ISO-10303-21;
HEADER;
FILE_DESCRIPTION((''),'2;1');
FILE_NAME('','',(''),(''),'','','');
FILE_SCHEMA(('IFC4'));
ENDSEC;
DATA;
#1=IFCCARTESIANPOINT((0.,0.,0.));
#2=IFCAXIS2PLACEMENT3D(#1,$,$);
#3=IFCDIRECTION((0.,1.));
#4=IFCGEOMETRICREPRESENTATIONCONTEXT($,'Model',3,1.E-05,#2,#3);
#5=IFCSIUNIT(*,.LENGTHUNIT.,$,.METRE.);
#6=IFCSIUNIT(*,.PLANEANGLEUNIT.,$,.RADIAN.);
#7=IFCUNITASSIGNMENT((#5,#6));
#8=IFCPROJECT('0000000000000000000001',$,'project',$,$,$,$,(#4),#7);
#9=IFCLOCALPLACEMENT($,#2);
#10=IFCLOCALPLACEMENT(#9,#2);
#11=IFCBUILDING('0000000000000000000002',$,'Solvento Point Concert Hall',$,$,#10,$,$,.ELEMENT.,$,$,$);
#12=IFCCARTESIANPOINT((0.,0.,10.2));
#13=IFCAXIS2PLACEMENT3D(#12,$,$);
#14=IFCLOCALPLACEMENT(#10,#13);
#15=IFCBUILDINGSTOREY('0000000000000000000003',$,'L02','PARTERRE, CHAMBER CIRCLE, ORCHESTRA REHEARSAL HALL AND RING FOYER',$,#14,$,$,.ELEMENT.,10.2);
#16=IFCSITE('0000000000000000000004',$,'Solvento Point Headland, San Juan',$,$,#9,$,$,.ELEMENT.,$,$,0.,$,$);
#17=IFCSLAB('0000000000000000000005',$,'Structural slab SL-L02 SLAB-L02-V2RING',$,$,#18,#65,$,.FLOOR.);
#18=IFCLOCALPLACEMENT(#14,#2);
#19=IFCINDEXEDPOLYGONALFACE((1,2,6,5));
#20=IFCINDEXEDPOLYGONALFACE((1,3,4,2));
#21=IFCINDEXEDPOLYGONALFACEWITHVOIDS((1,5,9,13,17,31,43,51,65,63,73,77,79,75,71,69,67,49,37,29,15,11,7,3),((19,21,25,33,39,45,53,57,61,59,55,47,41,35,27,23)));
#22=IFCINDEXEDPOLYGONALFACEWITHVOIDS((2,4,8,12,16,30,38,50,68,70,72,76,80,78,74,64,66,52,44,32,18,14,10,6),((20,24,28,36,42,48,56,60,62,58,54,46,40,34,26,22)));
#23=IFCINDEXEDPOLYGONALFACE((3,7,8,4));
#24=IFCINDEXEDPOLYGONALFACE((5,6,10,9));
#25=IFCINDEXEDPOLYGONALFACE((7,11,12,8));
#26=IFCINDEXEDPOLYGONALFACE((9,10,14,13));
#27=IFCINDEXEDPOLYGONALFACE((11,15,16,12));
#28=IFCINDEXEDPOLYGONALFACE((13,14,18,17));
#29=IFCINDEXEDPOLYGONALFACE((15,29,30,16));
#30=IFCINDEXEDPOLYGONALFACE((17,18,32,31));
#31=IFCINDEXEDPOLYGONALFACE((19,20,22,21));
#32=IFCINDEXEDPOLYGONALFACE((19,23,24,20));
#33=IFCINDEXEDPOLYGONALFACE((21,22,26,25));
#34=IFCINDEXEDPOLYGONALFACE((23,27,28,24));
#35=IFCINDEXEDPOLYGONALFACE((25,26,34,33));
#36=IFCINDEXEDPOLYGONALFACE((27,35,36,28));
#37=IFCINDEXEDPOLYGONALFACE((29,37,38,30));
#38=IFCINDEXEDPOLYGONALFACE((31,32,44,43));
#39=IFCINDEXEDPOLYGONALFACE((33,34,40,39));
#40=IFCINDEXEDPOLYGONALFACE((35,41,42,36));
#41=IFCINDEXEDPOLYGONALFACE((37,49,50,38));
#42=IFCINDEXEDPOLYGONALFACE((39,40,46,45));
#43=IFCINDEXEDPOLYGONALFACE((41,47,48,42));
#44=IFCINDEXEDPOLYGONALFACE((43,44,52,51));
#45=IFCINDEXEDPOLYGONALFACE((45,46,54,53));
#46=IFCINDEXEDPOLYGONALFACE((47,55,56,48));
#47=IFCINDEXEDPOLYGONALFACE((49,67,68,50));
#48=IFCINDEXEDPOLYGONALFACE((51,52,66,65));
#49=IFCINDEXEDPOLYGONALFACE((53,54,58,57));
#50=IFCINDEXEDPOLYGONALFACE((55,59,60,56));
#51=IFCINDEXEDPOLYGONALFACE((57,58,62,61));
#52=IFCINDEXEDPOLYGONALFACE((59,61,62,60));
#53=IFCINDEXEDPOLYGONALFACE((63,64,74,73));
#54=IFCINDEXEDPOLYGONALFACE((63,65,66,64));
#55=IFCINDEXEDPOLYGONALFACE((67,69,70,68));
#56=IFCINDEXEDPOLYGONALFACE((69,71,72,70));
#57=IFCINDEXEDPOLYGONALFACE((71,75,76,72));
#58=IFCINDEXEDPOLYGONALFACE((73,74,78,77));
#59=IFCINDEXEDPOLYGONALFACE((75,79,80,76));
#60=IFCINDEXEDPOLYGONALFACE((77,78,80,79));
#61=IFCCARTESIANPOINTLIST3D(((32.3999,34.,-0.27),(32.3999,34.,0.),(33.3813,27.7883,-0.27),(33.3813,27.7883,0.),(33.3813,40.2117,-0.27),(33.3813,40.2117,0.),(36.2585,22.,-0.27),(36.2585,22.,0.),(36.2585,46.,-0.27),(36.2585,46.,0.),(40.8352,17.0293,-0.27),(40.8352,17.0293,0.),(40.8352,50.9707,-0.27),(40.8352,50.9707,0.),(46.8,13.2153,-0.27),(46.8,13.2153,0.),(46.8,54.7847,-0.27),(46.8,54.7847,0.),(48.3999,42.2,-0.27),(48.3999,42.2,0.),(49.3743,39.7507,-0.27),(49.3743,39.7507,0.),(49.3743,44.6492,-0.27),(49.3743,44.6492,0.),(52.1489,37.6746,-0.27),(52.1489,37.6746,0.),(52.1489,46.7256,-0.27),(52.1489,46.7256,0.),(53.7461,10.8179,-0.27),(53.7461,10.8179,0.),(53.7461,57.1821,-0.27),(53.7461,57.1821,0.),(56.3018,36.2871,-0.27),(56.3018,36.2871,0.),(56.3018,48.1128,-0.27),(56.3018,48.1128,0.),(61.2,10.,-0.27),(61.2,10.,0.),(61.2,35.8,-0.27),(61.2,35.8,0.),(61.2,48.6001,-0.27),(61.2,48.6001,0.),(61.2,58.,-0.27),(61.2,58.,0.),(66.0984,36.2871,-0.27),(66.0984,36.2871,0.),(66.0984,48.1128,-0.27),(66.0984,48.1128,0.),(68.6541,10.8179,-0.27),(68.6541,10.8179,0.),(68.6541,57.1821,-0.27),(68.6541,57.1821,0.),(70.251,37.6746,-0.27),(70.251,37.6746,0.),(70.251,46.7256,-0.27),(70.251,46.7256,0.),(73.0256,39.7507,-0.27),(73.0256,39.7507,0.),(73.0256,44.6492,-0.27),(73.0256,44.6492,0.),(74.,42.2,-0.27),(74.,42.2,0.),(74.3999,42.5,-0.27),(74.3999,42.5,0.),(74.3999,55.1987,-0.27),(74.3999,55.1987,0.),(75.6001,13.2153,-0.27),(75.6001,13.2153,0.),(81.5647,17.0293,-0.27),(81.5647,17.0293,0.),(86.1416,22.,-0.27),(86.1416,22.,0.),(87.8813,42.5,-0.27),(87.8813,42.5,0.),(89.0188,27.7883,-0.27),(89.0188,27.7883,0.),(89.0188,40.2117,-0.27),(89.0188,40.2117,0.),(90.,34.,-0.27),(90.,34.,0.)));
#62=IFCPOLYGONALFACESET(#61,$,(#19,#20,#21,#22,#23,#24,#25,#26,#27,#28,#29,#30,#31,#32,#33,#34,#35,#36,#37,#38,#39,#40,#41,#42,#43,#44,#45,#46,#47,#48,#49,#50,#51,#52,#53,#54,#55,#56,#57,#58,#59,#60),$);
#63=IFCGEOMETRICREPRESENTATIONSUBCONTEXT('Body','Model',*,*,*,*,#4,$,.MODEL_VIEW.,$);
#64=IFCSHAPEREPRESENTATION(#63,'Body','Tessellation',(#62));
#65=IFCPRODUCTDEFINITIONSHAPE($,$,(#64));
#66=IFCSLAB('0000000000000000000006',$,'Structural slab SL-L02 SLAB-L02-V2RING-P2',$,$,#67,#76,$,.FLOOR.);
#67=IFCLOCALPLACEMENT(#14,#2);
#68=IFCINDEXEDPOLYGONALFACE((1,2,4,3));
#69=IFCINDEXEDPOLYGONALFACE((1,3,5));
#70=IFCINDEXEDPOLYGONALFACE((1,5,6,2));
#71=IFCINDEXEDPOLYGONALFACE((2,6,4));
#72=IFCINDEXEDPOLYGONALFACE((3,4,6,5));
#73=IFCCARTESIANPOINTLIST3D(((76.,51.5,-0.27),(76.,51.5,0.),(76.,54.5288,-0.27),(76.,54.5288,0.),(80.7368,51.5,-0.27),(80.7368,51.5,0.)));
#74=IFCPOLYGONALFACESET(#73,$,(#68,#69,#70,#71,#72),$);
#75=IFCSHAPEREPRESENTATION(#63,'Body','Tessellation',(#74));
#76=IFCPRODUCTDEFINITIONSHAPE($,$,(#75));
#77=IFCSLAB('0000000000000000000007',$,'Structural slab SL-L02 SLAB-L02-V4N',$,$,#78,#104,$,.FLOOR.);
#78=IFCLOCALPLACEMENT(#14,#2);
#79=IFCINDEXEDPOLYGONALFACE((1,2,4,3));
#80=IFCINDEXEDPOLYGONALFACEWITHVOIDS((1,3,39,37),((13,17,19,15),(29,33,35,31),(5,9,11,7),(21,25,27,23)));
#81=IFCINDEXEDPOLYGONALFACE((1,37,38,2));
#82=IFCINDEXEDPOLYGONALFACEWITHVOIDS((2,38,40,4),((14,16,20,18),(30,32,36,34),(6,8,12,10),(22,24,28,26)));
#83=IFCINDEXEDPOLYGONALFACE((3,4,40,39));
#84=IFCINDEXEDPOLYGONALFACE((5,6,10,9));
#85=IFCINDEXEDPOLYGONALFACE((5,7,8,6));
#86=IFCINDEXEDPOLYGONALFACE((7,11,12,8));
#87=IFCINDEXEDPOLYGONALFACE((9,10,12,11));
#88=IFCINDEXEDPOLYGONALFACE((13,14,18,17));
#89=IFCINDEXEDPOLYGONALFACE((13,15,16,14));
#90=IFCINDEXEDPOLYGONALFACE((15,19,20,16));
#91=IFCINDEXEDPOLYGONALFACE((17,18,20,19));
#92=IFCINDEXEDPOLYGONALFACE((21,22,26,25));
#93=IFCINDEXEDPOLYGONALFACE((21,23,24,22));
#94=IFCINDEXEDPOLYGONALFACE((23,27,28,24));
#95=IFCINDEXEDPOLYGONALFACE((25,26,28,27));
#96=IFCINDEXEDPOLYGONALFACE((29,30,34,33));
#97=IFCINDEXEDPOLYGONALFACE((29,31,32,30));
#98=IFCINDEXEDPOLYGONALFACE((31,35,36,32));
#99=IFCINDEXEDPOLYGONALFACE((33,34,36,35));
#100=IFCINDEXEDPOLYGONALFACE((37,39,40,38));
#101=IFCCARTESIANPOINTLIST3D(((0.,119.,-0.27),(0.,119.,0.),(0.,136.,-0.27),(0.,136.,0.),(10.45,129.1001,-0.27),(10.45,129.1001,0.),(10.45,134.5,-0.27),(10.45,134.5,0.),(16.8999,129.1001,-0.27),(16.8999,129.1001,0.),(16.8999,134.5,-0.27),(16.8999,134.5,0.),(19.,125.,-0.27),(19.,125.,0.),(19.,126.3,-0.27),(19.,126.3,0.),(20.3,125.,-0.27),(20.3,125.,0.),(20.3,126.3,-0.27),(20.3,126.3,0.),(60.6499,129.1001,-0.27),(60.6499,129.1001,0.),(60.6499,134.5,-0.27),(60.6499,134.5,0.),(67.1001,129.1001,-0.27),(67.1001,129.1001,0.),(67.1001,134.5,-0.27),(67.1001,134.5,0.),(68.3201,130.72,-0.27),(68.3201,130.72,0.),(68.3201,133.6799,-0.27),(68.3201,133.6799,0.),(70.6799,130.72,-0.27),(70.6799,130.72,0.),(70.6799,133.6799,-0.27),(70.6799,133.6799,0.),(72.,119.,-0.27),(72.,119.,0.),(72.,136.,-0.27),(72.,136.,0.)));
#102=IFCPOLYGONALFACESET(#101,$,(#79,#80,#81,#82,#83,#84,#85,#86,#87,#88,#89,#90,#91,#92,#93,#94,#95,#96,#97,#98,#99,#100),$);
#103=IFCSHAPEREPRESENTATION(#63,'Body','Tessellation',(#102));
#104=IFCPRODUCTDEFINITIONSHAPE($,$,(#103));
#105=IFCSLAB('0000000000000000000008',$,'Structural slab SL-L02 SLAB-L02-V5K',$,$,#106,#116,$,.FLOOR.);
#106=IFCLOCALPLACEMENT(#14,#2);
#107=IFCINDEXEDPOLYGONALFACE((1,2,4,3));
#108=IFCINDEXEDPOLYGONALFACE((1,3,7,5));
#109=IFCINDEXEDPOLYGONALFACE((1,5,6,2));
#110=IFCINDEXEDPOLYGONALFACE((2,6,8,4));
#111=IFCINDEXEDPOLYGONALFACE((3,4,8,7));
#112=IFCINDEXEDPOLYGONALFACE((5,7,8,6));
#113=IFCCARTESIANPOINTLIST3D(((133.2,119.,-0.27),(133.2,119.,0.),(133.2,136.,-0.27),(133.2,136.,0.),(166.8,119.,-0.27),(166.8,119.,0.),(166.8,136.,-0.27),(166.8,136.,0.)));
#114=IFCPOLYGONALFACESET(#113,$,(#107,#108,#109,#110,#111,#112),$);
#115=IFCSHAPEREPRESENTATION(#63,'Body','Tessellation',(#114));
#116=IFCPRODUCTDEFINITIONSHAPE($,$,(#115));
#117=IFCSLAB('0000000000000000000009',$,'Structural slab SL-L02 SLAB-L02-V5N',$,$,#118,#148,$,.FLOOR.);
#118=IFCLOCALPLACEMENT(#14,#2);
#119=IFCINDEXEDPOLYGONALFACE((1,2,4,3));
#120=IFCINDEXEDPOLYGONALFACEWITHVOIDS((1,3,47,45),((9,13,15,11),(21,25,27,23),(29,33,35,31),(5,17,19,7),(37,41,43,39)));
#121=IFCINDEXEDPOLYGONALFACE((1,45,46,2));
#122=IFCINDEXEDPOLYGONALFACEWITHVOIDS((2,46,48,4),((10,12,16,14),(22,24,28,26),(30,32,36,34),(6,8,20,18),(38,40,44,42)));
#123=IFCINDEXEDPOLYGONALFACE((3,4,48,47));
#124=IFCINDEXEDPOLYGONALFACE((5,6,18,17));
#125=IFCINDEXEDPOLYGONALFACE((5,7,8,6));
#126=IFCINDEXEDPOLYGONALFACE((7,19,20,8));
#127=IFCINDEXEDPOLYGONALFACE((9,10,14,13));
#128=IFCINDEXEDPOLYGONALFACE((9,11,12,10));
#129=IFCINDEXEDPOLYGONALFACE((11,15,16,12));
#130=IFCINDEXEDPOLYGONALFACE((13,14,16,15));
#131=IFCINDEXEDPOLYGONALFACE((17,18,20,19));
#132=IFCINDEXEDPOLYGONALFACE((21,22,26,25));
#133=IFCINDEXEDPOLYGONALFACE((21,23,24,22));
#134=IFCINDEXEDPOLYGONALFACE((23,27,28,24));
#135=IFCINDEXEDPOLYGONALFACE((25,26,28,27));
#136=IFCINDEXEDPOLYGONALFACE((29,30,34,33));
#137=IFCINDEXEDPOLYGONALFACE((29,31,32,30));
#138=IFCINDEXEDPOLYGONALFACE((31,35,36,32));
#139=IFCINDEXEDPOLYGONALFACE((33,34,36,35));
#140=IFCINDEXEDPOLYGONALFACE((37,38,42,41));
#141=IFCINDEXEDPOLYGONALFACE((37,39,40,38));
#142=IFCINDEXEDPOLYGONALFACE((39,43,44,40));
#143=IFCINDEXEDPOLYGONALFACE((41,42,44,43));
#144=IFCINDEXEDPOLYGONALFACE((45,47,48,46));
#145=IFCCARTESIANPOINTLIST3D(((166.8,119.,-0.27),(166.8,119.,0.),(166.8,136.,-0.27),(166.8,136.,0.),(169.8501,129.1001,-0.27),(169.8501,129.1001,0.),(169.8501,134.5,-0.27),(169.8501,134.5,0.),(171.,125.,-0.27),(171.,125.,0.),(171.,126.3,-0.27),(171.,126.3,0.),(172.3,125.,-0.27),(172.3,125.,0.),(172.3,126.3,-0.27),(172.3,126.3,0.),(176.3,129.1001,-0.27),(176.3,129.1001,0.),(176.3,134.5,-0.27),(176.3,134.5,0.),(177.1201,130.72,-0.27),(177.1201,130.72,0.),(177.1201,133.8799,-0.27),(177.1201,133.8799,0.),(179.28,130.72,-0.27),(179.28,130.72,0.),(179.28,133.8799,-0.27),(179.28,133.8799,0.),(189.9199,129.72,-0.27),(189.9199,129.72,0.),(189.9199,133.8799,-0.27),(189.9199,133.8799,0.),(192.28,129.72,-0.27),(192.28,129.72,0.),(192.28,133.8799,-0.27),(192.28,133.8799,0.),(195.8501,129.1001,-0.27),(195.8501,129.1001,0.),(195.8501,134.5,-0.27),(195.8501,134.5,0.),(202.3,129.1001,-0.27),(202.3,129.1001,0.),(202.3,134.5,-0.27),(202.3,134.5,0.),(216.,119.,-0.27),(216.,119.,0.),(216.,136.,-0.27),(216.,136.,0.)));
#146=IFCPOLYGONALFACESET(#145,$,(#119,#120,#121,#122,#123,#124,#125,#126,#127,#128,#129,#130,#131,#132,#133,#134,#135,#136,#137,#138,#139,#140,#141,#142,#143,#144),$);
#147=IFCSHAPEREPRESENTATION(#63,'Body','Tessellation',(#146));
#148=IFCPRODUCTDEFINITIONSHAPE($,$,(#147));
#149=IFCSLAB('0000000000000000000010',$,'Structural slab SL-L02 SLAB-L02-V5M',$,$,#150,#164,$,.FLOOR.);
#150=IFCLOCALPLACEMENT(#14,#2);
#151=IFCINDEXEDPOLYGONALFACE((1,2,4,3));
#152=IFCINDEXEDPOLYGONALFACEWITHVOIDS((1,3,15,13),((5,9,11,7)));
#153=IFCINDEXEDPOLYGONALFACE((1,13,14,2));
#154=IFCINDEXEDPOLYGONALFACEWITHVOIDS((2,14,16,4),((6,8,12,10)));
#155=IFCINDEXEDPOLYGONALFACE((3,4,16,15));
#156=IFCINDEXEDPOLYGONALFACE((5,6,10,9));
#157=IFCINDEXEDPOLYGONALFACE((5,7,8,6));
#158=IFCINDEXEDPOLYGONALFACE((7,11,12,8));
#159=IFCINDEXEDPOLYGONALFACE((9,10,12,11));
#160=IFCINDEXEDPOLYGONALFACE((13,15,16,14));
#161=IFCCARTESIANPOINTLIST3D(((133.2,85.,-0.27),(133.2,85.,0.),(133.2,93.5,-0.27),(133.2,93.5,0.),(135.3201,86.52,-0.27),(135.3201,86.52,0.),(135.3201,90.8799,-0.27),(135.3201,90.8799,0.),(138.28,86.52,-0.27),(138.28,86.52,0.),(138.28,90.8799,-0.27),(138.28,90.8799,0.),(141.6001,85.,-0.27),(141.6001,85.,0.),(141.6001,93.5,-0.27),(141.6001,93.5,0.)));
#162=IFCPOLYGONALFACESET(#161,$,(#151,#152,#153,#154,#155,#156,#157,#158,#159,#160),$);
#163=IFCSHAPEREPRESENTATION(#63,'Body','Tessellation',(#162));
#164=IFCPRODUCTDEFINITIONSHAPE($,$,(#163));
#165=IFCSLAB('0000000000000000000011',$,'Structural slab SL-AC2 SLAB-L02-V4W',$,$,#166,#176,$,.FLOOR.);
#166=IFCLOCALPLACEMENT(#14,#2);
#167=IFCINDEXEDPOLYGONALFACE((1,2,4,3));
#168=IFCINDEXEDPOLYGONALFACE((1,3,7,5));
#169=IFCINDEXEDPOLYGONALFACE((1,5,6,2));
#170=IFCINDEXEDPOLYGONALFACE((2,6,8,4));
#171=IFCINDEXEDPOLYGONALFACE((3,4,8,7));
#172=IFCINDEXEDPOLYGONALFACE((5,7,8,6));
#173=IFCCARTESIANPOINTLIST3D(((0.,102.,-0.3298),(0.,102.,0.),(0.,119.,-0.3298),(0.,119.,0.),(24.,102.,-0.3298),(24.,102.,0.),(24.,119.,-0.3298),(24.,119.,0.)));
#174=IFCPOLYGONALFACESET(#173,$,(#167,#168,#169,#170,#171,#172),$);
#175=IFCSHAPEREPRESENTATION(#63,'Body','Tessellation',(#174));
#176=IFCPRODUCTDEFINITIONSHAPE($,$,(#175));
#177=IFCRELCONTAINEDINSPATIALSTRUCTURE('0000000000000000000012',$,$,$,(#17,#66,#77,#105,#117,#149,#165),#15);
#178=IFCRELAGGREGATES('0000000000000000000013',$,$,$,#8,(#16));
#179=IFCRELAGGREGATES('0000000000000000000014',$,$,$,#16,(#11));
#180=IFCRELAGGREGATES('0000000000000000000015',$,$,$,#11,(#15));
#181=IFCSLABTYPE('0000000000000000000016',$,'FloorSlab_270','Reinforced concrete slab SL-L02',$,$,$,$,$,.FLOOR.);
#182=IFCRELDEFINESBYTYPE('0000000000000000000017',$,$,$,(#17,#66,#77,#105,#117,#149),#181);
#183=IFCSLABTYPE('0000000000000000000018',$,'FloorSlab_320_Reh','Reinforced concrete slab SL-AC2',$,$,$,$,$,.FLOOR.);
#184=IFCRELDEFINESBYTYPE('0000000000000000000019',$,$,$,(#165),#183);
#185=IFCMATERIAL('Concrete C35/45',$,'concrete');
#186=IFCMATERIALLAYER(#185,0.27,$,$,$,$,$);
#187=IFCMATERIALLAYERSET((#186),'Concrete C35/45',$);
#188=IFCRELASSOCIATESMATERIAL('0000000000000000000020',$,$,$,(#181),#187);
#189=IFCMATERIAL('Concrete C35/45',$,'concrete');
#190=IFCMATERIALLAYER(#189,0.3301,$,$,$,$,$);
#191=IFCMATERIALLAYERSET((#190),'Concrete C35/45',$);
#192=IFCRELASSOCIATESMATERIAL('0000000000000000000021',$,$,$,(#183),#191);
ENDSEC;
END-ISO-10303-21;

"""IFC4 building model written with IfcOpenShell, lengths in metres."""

from ifc_helpers import new_model, si_unit, direction, frame, origin, place, context, subcontext, project, spatial, polyline, outline, extrude, material, layer, layer_set, type_object, element, save


model = new_model("IFC4")

# Units and contexts
model_context = context("Model", 3, precision=1e-05, world=origin(), true_north=direction((0.0, 1.0)))
body_context = subcontext(model_context, "Body", "Model", "MODEL_VIEW")
ifc_project = project(units=[si_unit("LENGTHUNIT", "METRE"), si_unit("PLANEANGLEUNIT", "RADIAN")], contexts=[model_context])

# Site, building, storey
site_placement = place(None, origin())
site = spatial("IfcSite", under=ifc_project, at=site_placement, Name="Solvento Point Headland, San Juan", CompositionType="ELEMENT", RefElevation=0.0)
building_placement = place(site_placement, origin())
building = spatial("IfcBuilding", under=site, at=building_placement, Name="Solvento Point Concert Hall", CompositionType="ELEMENT")
storey_placement = place(building_placement, frame((0.0, 0.0, 10.2)))
storey = spatial("IfcBuildingStorey", under=building, at=storey_placement, Name="L02", Description="PARTERRE, CHAMBER CIRCLE, ORCHESTRA REHEARSAL HALL AND RING FOYER", CompositionType="ELEMENT", Elevation=10.2)

# Slabs
ifc_material_1 = material(Name="Concrete C35/45", Category="concrete")
ifc_layer_1 = layer(ifc_material_1, 0.27)
ifc_layer_set_1 = layer_set([ifc_layer_1], Name="Concrete C35/45")
slab_type_1 = type_object("IfcSlabType", Name="FloorSlab_270", Description="Reinforced concrete slab SL-L02", PredefinedType="FLOOR", material=ifc_layer_set_1)
slab_1_placement = place(storey_placement, frame((0.0, 0.0, -0.27)))
element("IfcSlab", 1, at=slab_1_placement, inside=storey, type_object=slab_type_1, Name="Structural slab SL-L02 SLAB-L02-V2RING", PredefinedType="FLOOR", context=body_context, shape_type="SweptSolid", body=[
    extrude(outline(polyline([(81.5647, 17.0293), (75.6001, 13.2153), (68.6541, 10.8179), (61.2, 10.0), (53.7461, 10.8179), (46.8, 13.2153), (40.8352, 17.0293), (36.2585, 22.0), (33.3813, 27.7883), (32.3999, 34.0), (33.3813, 40.2117), (36.2585, 46.0), (40.8352, 50.9707), (46.8, 54.7847), (53.7461, 57.1821), (61.2, 58.0), (68.6541, 57.1821), (74.3999, 55.1987), (74.3999, 42.5), (87.8813, 42.5), (89.0188, 40.2117), (90.0, 34.0), (89.0188, 27.7883), (86.1416, 22.0), (81.5647, 17.0293)]), holes=[polyline([(66.0984, 48.1128), (61.2, 48.6001), (56.3018, 48.1128), (52.1489, 46.7256), (49.3743, 44.6492), (48.3999, 42.2), (49.3743, 39.7507), (52.1489, 37.6746), (56.3018, 36.2871), (61.2, 35.8), (66.0984, 36.2871), (70.251, 37.6746), (73.0256, 39.7507), (74.0, 42.2), (73.0256, 44.6492), (70.251, 46.7256), (66.0984, 48.1128)])]), origin(), (0.0, 0.0, 1.0), 0.27),
])
slab_2_placement = place(storey_placement, frame((0.0, 0.0, -0.27)))
element("IfcSlab", 2, at=slab_2_placement, inside=storey, type_object=slab_type_1, Name="Structural slab SL-L02 SLAB-L02-V2RING-P2", PredefinedType="FLOOR", context=body_context, shape_type="SweptSolid", body=[
    extrude(outline(polyline([(76.0, 51.5), (76.0, 54.5288), (80.7368, 51.5), (76.0, 51.5)])), origin(), (0.0, 0.0, 1.0), 0.27),
])
slab_3_placement = place(storey_placement, frame((0.0, 0.0, -0.27)))
element("IfcSlab", 3, at=slab_3_placement, inside=storey, type_object=slab_type_1, Name="Structural slab SL-L02 SLAB-L02-V4N", PredefinedType="FLOOR", context=body_context, shape_type="SweptSolid", body=[
    extrude(outline(polyline([(0.0, 119.0), (0.0, 136.0), (72.0, 136.0), (72.0, 119.0), (0.0, 119.0)]), holes=[polyline([(70.6799, 133.6799), (68.3201, 133.6799), (68.3201, 130.72), (70.6799, 130.72), (70.6799, 133.6799)]), polyline([(67.1001, 129.1001), (67.1001, 134.5), (60.6499, 134.5), (60.6499, 129.1001), (67.1001, 129.1001)]), polyline([(20.3, 126.3), (19.0, 126.3), (19.0, 125.0), (20.3, 125.0), (20.3, 126.3)]), polyline([(16.8999, 129.1001), (16.8999, 134.5), (10.45, 134.5), (10.45, 129.1001), (16.8999, 129.1001)])]), origin(), (0.0, 0.0, 1.0), 0.27),
])
slab_4_placement = place(storey_placement, frame((0.0, 0.0, -0.27)))
element("IfcSlab", 4, at=slab_4_placement, inside=storey, type_object=slab_type_1, Name="Structural slab SL-L02 SLAB-L02-V5K", PredefinedType="FLOOR", context=body_context, shape_type="SweptSolid", body=[
    extrude(outline(polyline([(133.2, 136.0), (166.8, 136.0), (166.8, 119.0), (133.2, 119.0), (133.2, 136.0)])), origin(), (0.0, 0.0, 1.0), 0.27),
])
slab_5_placement = place(storey_placement, frame((0.0, 0.0, -0.27)))
element("IfcSlab", 5, at=slab_5_placement, inside=storey, type_object=slab_type_1, Name="Structural slab SL-L02 SLAB-L02-V5N", PredefinedType="FLOOR", context=body_context, shape_type="SweptSolid", body=[
    extrude(outline(polyline([(166.8, 136.0), (216.0, 136.0), (216.0, 119.0), (166.8, 119.0), (166.8, 136.0)]), holes=[polyline([(202.3, 129.1001), (202.3, 134.5), (195.8501, 134.5), (195.8501, 129.1001), (202.3, 129.1001)]), polyline([(192.28, 133.8799), (189.9199, 133.8799), (189.9199, 129.72), (192.28, 129.72), (192.28, 133.8799)]), polyline([(179.28, 130.72), (179.28, 133.8799), (177.1201, 133.8799), (177.1201, 130.72), (179.28, 130.72)]), polyline([(176.3, 129.1001), (176.3, 134.5), (169.8501, 134.5), (169.8501, 129.1001), (176.3, 129.1001)]), polyline([(172.3, 125.0), (172.3, 126.3), (171.0, 126.3), (171.0, 125.0), (172.3, 125.0)])]), origin(), (0.0, 0.0, 1.0), 0.27),
])
slab_6_placement = place(storey_placement, frame((0.0, 0.0, -0.27)))
element("IfcSlab", 6, at=slab_6_placement, inside=storey, type_object=slab_type_1, Name="Structural slab SL-L02 SLAB-L02-V5M", PredefinedType="FLOOR", context=body_context, shape_type="SweptSolid", body=[
    extrude(outline(polyline([(133.2, 93.5), (141.6001, 93.5), (141.6001, 85.0), (133.2, 85.0), (133.2, 93.5)]), holes=[polyline([(138.28, 90.8799), (135.3201, 90.8799), (135.3201, 86.52), (138.28, 86.52), (138.28, 90.8799)])]), origin(), (0.0, 0.0, 1.0), 0.27),
])
ifc_material_2 = material(Name="Concrete C35/45", Category="concrete")
ifc_layer_2 = layer(ifc_material_2, 0.3301)
ifc_layer_set_2 = layer_set([ifc_layer_2], Name="Concrete C35/45")
slab_type_2 = type_object("IfcSlabType", Name="FloorSlab_320_Reh", Description="Reinforced concrete slab SL-AC2", PredefinedType="FLOOR", material=ifc_layer_set_2)
slab_7_placement = place(storey_placement, frame((0.0, 0.0, -0.3298)))
element("IfcSlab", 7, at=slab_7_placement, inside=storey, type_object=slab_type_2, Name="Structural slab SL-AC2 SLAB-L02-V4W", PredefinedType="FLOOR", context=body_context, shape_type="SweptSolid", body=[
    extrude(outline(polyline([(0.0, 119.0), (24.0, 119.0), (24.0, 102.0), (0.0, 102.0), (0.0, 119.0)])), origin(), (0.0, 0.0, 1.0), 0.3298),
])

save(model, "model.ifc")
